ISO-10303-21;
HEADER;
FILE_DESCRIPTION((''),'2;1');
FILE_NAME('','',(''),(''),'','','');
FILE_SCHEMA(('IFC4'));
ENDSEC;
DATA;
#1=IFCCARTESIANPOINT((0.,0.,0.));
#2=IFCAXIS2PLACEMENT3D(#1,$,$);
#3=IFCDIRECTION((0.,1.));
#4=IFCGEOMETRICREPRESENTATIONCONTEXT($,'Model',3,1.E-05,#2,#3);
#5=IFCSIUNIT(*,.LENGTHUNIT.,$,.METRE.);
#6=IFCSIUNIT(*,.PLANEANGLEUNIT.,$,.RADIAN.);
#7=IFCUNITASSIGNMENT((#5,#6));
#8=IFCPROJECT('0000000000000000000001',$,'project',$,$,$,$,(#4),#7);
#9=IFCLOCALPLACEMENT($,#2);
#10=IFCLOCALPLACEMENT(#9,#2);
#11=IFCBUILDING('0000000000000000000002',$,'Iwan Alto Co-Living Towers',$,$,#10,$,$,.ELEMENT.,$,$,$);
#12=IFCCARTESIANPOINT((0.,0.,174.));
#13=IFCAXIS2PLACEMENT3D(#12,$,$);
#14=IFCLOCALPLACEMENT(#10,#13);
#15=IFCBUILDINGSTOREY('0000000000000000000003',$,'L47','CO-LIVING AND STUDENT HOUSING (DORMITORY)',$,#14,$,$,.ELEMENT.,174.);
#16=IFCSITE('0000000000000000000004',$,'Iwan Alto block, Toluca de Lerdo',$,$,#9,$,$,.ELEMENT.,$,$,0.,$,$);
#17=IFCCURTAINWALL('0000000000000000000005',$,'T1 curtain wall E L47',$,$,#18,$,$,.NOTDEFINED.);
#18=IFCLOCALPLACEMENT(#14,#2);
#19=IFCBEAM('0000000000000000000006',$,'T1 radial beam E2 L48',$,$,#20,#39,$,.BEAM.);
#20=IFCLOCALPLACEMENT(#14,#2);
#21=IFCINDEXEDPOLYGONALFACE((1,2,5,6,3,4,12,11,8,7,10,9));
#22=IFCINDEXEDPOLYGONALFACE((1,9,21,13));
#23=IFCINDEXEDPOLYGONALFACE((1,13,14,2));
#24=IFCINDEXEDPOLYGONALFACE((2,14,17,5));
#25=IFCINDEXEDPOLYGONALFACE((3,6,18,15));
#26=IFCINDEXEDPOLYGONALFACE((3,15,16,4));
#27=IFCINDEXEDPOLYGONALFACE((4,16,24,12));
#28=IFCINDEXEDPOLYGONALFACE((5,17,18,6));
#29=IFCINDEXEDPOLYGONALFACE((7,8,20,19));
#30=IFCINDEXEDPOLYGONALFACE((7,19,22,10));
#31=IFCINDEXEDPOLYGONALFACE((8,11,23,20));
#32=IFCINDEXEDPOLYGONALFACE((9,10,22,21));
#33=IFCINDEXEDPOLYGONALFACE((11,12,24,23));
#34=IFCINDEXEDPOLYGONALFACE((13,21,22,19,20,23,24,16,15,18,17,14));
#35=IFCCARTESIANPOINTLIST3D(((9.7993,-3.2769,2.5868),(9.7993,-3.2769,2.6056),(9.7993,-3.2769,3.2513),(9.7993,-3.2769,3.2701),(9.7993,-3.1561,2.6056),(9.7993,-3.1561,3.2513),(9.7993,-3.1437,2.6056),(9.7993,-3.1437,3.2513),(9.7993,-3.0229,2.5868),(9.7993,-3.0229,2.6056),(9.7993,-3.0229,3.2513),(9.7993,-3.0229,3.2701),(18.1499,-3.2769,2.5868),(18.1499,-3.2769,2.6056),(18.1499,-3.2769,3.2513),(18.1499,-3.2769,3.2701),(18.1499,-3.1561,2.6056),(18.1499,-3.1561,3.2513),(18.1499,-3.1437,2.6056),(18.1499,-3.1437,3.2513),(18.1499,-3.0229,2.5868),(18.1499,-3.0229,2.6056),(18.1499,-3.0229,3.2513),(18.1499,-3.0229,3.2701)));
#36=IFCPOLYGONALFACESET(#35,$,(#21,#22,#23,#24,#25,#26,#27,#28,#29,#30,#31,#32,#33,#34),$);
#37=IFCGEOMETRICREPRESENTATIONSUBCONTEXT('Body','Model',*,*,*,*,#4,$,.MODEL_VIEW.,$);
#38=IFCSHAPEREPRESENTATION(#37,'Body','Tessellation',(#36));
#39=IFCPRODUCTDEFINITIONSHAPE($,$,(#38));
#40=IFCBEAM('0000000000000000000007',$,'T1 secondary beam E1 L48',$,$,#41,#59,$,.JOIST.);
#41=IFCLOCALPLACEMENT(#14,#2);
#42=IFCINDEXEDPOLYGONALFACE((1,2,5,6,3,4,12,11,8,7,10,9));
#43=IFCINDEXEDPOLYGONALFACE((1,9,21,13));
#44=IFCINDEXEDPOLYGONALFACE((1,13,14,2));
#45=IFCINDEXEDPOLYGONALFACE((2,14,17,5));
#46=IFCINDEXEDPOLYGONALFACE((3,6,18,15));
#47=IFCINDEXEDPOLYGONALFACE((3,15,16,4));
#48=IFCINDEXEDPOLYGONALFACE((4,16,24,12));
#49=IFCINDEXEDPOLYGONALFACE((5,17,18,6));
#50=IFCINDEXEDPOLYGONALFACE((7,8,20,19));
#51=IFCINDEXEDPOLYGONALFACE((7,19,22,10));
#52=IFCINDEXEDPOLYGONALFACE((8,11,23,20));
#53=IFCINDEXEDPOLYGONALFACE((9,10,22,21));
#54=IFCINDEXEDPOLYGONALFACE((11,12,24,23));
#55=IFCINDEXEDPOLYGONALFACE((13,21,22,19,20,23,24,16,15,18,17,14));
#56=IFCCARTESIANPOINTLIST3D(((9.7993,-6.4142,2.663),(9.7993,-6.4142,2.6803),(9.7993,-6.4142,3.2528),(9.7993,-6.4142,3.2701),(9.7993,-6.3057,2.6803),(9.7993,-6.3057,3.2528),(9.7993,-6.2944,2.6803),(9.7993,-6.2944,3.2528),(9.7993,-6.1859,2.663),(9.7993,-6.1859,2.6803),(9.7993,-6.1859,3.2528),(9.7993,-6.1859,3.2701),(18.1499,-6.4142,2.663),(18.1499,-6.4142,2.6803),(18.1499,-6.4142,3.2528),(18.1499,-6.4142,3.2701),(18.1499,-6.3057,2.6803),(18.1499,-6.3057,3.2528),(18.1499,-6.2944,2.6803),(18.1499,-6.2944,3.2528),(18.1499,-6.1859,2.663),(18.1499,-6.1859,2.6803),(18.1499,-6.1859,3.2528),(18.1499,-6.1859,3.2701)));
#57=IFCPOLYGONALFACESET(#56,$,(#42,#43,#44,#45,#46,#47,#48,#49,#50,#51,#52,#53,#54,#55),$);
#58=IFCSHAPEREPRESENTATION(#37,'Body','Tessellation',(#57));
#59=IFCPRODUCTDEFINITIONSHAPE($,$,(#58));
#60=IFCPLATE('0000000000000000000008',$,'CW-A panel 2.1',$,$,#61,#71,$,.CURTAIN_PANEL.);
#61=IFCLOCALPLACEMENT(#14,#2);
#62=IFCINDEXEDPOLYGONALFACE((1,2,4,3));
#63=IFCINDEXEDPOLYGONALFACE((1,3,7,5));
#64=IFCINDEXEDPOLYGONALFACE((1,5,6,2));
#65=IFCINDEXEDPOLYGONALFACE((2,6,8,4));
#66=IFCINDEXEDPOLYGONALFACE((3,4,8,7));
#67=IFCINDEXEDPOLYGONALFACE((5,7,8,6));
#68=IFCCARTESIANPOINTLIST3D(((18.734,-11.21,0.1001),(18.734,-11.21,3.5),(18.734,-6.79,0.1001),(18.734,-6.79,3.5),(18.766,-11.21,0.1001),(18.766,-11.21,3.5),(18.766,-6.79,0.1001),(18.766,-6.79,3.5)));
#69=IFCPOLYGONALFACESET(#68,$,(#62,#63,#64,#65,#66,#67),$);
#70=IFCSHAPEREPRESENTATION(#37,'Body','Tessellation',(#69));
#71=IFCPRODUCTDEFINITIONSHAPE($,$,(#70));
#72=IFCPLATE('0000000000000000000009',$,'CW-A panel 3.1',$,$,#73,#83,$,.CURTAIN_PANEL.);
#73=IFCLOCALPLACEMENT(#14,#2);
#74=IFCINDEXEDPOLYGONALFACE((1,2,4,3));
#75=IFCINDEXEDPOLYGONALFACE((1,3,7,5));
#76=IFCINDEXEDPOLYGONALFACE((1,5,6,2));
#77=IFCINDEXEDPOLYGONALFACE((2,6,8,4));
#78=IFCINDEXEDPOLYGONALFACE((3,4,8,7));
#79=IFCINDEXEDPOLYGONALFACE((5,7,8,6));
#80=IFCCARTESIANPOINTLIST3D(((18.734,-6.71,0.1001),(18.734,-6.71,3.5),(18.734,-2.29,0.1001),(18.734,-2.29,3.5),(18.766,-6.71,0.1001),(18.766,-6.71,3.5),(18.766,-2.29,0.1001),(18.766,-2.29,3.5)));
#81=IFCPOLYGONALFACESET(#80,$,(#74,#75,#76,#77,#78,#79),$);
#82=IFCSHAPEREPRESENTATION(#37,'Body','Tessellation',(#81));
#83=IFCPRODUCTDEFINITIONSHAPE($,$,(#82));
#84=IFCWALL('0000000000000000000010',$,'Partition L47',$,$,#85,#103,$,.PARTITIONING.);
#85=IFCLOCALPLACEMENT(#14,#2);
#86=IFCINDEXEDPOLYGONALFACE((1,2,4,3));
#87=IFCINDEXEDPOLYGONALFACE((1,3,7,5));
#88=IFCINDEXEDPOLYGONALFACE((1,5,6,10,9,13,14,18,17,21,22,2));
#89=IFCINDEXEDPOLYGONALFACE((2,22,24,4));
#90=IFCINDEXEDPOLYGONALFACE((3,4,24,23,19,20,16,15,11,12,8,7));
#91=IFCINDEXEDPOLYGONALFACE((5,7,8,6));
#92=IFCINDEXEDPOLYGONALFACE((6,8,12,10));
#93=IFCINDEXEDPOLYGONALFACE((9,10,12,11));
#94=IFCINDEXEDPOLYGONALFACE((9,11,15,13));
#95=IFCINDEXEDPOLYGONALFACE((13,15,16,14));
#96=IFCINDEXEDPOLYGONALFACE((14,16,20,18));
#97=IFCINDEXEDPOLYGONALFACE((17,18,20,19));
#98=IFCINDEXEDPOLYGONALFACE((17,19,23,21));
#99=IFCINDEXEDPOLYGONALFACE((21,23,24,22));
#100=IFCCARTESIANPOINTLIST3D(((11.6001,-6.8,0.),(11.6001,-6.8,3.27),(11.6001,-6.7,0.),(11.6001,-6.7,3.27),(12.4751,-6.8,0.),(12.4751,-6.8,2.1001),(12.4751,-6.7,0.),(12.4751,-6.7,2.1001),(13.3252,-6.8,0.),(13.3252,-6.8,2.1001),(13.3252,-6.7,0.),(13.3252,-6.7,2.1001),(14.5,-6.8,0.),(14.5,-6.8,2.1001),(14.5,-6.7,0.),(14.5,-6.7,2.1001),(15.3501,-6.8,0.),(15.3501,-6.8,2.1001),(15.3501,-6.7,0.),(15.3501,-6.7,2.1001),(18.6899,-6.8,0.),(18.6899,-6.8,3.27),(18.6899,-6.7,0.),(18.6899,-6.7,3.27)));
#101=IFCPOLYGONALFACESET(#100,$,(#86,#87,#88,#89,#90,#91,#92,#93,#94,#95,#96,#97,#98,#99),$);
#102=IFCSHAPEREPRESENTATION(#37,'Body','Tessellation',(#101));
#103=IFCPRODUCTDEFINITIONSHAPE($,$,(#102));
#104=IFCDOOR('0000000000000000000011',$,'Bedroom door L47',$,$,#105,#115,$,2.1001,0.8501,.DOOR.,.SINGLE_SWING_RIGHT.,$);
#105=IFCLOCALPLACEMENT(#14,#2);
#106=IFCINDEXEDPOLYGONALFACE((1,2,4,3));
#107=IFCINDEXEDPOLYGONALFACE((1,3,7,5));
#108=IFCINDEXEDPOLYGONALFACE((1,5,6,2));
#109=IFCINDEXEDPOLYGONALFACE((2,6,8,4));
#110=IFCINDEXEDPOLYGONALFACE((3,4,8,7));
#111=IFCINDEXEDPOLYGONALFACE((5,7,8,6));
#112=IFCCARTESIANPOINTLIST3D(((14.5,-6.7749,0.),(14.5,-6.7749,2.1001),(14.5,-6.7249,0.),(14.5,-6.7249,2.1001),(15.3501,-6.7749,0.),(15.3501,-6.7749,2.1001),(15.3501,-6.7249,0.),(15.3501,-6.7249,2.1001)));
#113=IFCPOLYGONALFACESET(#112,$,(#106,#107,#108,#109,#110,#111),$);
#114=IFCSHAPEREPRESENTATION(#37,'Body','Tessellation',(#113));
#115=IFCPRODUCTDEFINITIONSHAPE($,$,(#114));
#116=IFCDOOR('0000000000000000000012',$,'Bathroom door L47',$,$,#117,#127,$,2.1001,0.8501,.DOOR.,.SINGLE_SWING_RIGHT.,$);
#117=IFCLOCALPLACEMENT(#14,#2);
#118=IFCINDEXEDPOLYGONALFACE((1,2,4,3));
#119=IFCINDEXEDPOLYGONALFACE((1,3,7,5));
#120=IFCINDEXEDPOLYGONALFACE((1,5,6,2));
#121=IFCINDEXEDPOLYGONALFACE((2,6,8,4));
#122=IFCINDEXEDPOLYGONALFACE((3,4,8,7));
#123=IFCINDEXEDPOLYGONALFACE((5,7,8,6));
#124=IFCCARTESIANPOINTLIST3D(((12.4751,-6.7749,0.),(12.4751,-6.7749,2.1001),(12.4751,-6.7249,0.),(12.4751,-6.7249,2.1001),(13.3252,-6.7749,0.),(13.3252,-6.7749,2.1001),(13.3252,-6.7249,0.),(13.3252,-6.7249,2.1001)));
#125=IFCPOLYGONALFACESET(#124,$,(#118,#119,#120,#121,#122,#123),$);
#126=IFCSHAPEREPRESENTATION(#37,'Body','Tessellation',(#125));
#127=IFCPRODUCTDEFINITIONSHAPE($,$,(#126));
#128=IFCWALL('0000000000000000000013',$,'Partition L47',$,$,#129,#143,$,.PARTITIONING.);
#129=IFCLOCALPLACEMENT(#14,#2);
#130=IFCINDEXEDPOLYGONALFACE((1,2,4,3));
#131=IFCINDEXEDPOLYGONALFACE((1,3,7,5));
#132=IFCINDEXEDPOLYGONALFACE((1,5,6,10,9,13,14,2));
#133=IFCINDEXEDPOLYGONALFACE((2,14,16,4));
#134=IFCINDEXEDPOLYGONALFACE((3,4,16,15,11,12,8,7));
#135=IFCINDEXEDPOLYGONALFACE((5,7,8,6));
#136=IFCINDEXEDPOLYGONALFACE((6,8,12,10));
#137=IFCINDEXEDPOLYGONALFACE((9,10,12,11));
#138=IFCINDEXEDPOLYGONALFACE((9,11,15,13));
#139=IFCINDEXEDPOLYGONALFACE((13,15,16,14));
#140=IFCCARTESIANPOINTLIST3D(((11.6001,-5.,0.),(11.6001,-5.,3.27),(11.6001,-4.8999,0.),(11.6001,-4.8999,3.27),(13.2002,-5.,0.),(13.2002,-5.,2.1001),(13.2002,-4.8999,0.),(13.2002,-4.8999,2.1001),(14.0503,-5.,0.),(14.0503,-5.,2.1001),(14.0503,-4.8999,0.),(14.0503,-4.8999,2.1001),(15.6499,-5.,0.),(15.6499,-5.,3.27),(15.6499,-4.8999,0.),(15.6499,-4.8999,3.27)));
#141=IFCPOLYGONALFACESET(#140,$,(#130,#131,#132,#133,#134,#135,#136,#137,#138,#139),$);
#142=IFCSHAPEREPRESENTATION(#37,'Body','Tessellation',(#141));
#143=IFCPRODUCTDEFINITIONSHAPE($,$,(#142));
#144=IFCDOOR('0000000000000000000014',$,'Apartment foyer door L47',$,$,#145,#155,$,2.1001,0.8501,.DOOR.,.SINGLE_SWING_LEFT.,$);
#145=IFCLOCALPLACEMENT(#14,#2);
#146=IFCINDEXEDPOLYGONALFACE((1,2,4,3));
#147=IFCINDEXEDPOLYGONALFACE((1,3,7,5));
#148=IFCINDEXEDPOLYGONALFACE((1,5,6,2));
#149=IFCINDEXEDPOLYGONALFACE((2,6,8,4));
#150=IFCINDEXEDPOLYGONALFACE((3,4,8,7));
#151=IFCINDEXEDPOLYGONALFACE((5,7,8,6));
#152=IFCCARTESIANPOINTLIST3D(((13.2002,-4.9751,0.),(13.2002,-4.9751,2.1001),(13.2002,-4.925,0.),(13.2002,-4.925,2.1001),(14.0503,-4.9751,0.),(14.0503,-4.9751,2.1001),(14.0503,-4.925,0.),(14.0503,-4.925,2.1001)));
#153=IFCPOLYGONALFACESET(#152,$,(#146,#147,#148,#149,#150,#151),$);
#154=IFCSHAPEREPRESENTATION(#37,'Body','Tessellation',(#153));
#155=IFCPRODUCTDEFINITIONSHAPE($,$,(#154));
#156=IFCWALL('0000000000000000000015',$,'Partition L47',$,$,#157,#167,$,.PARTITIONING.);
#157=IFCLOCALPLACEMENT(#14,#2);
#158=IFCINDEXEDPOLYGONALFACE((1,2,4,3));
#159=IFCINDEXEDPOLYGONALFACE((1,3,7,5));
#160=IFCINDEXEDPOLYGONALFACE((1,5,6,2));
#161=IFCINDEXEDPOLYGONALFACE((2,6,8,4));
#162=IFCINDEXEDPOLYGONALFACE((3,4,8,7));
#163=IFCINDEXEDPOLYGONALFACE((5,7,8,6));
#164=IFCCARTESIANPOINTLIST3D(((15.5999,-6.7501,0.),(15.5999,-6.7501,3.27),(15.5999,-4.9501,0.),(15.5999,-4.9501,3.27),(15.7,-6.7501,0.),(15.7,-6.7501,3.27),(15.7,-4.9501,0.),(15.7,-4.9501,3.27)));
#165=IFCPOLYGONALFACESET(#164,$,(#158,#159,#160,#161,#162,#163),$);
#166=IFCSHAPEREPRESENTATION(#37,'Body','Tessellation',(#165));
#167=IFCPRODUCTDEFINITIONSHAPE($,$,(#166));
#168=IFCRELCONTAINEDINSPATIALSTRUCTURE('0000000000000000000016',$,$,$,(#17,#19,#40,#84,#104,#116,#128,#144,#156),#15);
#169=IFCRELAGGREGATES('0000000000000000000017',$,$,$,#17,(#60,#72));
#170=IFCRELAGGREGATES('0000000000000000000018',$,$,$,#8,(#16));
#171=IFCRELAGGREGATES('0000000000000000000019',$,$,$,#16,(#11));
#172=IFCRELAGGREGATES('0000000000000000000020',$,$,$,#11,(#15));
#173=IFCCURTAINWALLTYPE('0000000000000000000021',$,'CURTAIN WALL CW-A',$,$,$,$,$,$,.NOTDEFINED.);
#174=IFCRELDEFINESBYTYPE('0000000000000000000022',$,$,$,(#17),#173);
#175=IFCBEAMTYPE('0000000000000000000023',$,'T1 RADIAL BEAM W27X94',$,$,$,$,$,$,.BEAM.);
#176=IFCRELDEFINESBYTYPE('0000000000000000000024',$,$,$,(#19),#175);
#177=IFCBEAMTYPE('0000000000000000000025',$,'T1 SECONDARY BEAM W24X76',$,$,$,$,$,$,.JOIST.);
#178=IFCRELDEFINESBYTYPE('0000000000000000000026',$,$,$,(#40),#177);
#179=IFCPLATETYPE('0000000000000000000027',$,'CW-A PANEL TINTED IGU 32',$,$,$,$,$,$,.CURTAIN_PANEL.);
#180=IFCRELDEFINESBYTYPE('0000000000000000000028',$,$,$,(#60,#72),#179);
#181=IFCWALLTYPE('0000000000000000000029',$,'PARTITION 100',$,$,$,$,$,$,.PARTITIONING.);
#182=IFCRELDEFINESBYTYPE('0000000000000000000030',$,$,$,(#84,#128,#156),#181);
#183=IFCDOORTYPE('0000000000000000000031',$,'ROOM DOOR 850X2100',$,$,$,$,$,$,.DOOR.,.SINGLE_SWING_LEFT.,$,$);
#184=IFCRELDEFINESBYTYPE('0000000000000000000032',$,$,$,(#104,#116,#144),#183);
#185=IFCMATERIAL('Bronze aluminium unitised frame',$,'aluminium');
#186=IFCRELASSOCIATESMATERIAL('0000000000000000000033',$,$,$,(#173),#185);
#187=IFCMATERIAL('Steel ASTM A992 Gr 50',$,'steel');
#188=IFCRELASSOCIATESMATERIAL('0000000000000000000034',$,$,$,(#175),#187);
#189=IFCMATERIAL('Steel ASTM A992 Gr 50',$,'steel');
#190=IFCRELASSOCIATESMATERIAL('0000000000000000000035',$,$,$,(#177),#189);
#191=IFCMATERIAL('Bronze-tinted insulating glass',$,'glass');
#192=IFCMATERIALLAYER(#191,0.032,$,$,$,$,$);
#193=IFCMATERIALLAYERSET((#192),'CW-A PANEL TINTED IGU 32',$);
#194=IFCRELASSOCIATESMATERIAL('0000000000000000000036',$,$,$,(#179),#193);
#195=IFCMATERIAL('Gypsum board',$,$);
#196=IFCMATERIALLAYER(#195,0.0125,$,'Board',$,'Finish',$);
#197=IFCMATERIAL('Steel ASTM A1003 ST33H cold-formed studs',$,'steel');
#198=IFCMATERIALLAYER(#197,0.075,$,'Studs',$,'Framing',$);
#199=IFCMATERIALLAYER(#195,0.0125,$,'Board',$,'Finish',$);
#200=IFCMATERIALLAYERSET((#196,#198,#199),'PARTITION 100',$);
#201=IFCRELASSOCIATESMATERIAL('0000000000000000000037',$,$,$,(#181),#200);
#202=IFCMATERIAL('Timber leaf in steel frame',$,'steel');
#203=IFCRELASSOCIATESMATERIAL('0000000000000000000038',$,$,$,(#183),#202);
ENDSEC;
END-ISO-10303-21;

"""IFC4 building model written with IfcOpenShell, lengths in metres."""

from ifc_helpers import new_model, si_unit, direction, frame, frame_2d, origin, origin_2d, place, context, subcontext, project, spatial, rectangle, i_section, extrude, material, layer, layer_set, material_profile, profile_set, type_object, element, fill, aggregate, save


model = new_model("IFC4")

# Units and contexts
model_context = context("Model", 3, precision=1e-05, world=origin(), true_north=direction((0.0, 1.0)))
body_context = subcontext(model_context, "Body", "Model", "MODEL_VIEW")
ifc_project = project(units=[si_unit("LENGTHUNIT", "METRE"), si_unit("PLANEANGLEUNIT", "RADIAN")], contexts=[model_context])

# Site, building, storey
site_placement = place(None, origin())
site = spatial("IfcSite", under=ifc_project, at=site_placement, Name="Iwan Alto block, Toluca de Lerdo", CompositionType="ELEMENT", RefElevation=0.0)
building_placement = place(site_placement, origin())
building = spatial("IfcBuilding", under=site, at=building_placement, Name="Iwan Alto Co-Living Towers", CompositionType="ELEMENT")
storey_placement = place(building_placement, frame((0.0, 0.0, 174.0)))
storey = spatial("IfcBuildingStorey", under=building, at=storey_placement, Name="L47", Description="CO-LIVING AND STUDENT HOUSING (DORMITORY)", CompositionType="ELEMENT", Elevation=174.0)

# Curtain wall
ifc_material_1 = material(Name="Bronze aluminium unitised frame", Category="aluminium")
curtain_wall_type = type_object("IfcCurtainWallType", Name="CURTAIN WALL CW-A", PredefinedType="NOTDEFINED", material=ifc_material_1)
curtain_wall_placement = place(storey_placement, origin())
curtain_wall = element("IfcCurtainWall", 1, at=curtain_wall_placement, inside=storey, type_object=curtain_wall_type, Name="T1 curtain wall E L47", PredefinedType="NOTDEFINED")

# Beams
ifc_material_2 = material(Name="Steel ASTM A992 Gr 50", Category="steel")
ifc_material_profile_1 = material_profile(ifc_material_2, i_section(OverallWidth=0.2539, OverallDepth=0.6833, WebThickness=0.0125, FlangeThickness=0.0188, at=origin_2d()), Name="W27X94")
ifc_profile_set_1 = profile_set([ifc_material_profile_1], Name="Steel ASTM A992 Gr 50")
beam_type_1 = type_object("IfcBeamType", Name="T1 RADIAL BEAM W27X94", PredefinedType="BEAM", material=ifc_profile_set_1)
for number, where, z_axis, x_axis, name in (
    (2, (18.1499, -3.1499, 2.9285), (-1.0, 0.0, 0.0), (0.0, -1.0, 0.0), "T1 radial beam E2 L48"),
):
    element("IfcBeam", number, at=place(storey_placement, frame(where, z_axis=z_axis, x_axis=x_axis)), inside=storey, type_object=beam_type_1, Name=name, PredefinedType="BEAM", context=body_context, shape_type="SweptSolid", body=[
        extrude(i_section(OverallWidth=0.2539, OverallDepth=0.6833, WebThickness=0.0125, FlangeThickness=0.0188, at=origin_2d()), origin(), (0.0, 0.0, 1.0), 8.3506),
    ])
ifc_material_3 = material(Name="Steel ASTM A992 Gr 50", Category="steel")
ifc_material_profile_2 = material_profile(ifc_material_3, i_section(OverallWidth=0.2283, OverallDepth=0.6072, WebThickness=0.0112, FlangeThickness=0.0173, at=origin_2d()), Name="W24X76")
ifc_profile_set_2 = profile_set([ifc_material_profile_2], Name="Steel ASTM A992 Gr 50")
beam_type_2 = type_object("IfcBeamType", Name="T1 SECONDARY BEAM W24X76", PredefinedType="JOIST", material=ifc_profile_set_2)
beam_1_placement = place(storey_placement, frame((18.1499, -6.3, 2.9666), z_axis=(-1.0, 0.0, 0.0), x_axis=(0.0, -1.0, 0.0)))
element("IfcBeam", 3, at=beam_1_placement, inside=storey, type_object=beam_type_2, Name="T1 secondary beam E1 L48", PredefinedType="JOIST", context=body_context, shape_type="SweptSolid", body=[
    extrude(i_section(OverallWidth=0.2283, OverallDepth=0.6072, WebThickness=0.0112, FlangeThickness=0.0173, at=origin_2d()), origin(), (0.0, 0.0, 1.0), 8.3506),
])

# Plates
ifc_material_4 = material(Name="Bronze-tinted insulating glass", Category="glass")
ifc_layer_1 = layer(ifc_material_4, 0.032)
ifc_layer_set_1 = layer_set([ifc_layer_1], Name="CW-A PANEL TINTED IGU 32")
plate_type = type_object("IfcPlateType", Name="CW-A PANEL TINTED IGU 32", PredefinedType="CURTAIN_PANEL", material=ifc_layer_set_1)
plate_1_placement = place(storey_placement, frame((18.75, -9.0, 0.1001), z_axis=(0.0, 0.0, 1.0), x_axis=(0.0, 1.0, 0.0)))
plate_1 = element("IfcPlate", 4, at=plate_1_placement, type_object=plate_type, Name="CW-A panel 2.1", PredefinedType="CURTAIN_PANEL", context=body_context, shape_type="SweptSolid", body=[
    extrude(rectangle(XDim=4.4199, YDim=0.032, at=origin_2d()), origin(), (0.0, 0.0, 1.0), 3.3999),
])
plate_2_placement = place(storey_placement, frame((18.75, -4.5, 0.1001), z_axis=(0.0, 0.0, 1.0), x_axis=(0.0, 1.0, 0.0)))
plate_2 = element("IfcPlate", 5, at=plate_2_placement, type_object=plate_type, Name="CW-A panel 3.1", PredefinedType="CURTAIN_PANEL", context=body_context, shape_type="SweptSolid", body=[
    extrude(rectangle(XDim=4.4199, YDim=0.032, at=origin_2d()), origin(), (0.0, 0.0, 1.0), 3.3999),
])
aggregate(curtain_wall, [plate_1, plate_2])

# Wall, openings, doors
ifc_material_5 = material(Name="Gypsum board")
ifc_layer_2 = layer(ifc_material_5, 0.0125, Name="Board", Category="Finish")
ifc_material_6 = material(Name="Steel ASTM A1003 ST33H cold-formed studs", Category="steel")
ifc_layer_3 = layer(ifc_material_6, 0.075, Name="Studs", Category="Framing")
ifc_layer_4 = layer(ifc_material_5, 0.0125, Name="Board", Category="Finish")
ifc_layer_set_2 = layer_set([ifc_layer_2, ifc_layer_3, ifc_layer_4], Name="PARTITION 100")
wall_type_1 = type_object("IfcWallType", Name="PARTITION 100", PredefinedType="PARTITIONING", material=ifc_layer_set_2)
wall_1_placement = place(storey_placement, frame((11.6001, -6.75, 0.0), z_axis=(0.0, 0.0, 1.0), x_axis=(1.0, 0.0, 0.0)))
wall_1 = element("IfcWall", 6, at=wall_1_placement, inside=storey, type_object=wall_type_1, Name="Partition L47", PredefinedType="PARTITIONING", context=body_context, shape_type="SweptSolid", body=[
    extrude(rectangle(XDim=7.0898, YDim=0.1001, at=frame_2d((3.5449, 0.0))), origin(), (0.0, 0.0, 1.0), 3.27),
])
opening_1_placement = place(wall_1_placement, frame((2.8999, 0.0, 0.0)))
opening_1 = element("IfcOpeningElement", 7, at=opening_1_placement, cuts=wall_1, PredefinedType="OPENING", context=body_context, shape_type="SweptSolid", body=[
    extrude(rectangle(XDim=0.8501, YDim=2.1001, at=frame_2d((0.425, 1.05))), frame((0.0, 0.0601, 0.0), z_axis=(0.0, -1.0, 0.0), x_axis=(1.0, 0.0, 0.0)), (0.0, 0.0, 1.0), 0.1201),
])
opening_2_placement = place(wall_1_placement, frame((0.875, 0.0, 0.0)))
opening_2 = element("IfcOpeningElement", 8, at=opening_2_placement, cuts=wall_1, PredefinedType="OPENING", context=body_context, shape_type="SweptSolid", body=[
    extrude(rectangle(XDim=0.8501, YDim=2.1001, at=frame_2d((0.425, 1.05))), frame((0.0, 0.0601, 0.0), z_axis=(0.0, -1.0, 0.0), x_axis=(1.0, 0.0, 0.0)), (0.0, 0.0, 1.0), 0.1201),
])
ifc_material_7 = material(Name="Timber leaf in steel frame", Category="steel")
door_type = type_object("IfcDoorType", Name="ROOM DOOR 850X2100", OperationType="SINGLE_SWING_LEFT", PredefinedType="DOOR", material=ifc_material_7)
door_1_placement = place(opening_1_placement, frame((0.8501, 0.0, 0.0), z_axis=(0.0, 0.0, 1.0), x_axis=(-1.0, 0.0, 0.0)))
door_1 = element("IfcDoor", 9, at=door_1_placement, inside=storey, type_object=door_type, Name="Bedroom door L47", OperationType="SINGLE_SWING_RIGHT", OverallHeight=2.1001, OverallWidth=0.8501, PredefinedType="DOOR", context=body_context, shape_type="SweptSolid", body=[
    extrude(rectangle(XDim=0.8501, YDim=2.1001, at=frame_2d((0.425, 1.05))), frame((0.0, 0.0249, 0.0), z_axis=(0.0, -1.0, 0.0), x_axis=(1.0, 0.0, 0.0)), (0.0, 0.0, 1.0), 0.05),
])
fill(opening_1, door_1)
door_2_placement = place(opening_2_placement, frame((0.8501, 0.0, 0.0), z_axis=(0.0, 0.0, 1.0), x_axis=(-1.0, 0.0, 0.0)))
door_2 = element("IfcDoor", 10, at=door_2_placement, inside=storey, type_object=door_type, Name="Bathroom door L47", OperationType="SINGLE_SWING_RIGHT", OverallHeight=2.1001, OverallWidth=0.8501, PredefinedType="DOOR", context=body_context, shape_type="SweptSolid", body=[
    extrude(rectangle(XDim=0.8501, YDim=2.1001, at=frame_2d((0.425, 1.05))), frame((0.0, 0.0249, 0.0), z_axis=(0.0, -1.0, 0.0), x_axis=(1.0, 0.0, 0.0)), (0.0, 0.0, 1.0), 0.05),
])
fill(opening_2, door_2)

# Wall, opening, door
wall_2_placement = place(storey_placement, frame((11.6001, -4.95, 0.0), z_axis=(0.0, 0.0, 1.0), x_axis=(1.0, 0.0, 0.0)))
wall_2 = element("IfcWall", 11, at=wall_2_placement, inside=storey, type_object=wall_type_1, Name="Partition L47", PredefinedType="PARTITIONING", context=body_context, shape_type="SweptSolid", body=[
    extrude(rectangle(XDim=4.0498, YDim=0.1001, at=frame_2d((2.0249, 0.0))), origin(), (0.0, 0.0, 1.0), 3.27),
])
opening_3_placement = place(wall_2_placement, frame((1.6001, 0.0, 0.0)))
opening_3 = element("IfcOpeningElement", 12, at=opening_3_placement, cuts=wall_2, PredefinedType="OPENING", context=body_context, shape_type="SweptSolid", body=[
    extrude(rectangle(XDim=0.8501, YDim=2.1001, at=frame_2d((0.425, 1.05))), frame((0.0, 0.0601, 0.0), z_axis=(0.0, -1.0, 0.0), x_axis=(1.0, 0.0, 0.0)), (0.0, 0.0, 1.0), 0.1201),
])
door_3_placement = place(opening_3_placement, origin())
door_3 = element("IfcDoor", 13, at=door_3_placement, inside=storey, type_object=door_type, Name="Apartment foyer door L47", OperationType="SINGLE_SWING_LEFT", OverallHeight=2.1001, OverallWidth=0.8501, PredefinedType="DOOR", context=body_context, shape_type="SweptSolid", body=[
    extrude(rectangle(XDim=0.8501, YDim=2.1001, at=frame_2d((0.425, 1.05))), frame((0.0, 0.0249, 0.0), z_axis=(0.0, -1.0, 0.0), x_axis=(1.0, 0.0, 0.0)), (0.0, 0.0, 1.0), 0.05),
])
fill(opening_3, door_3)

# Wall
wall_3_placement = place(storey_placement, frame((15.6499, -6.75, 0.0), z_axis=(0.0, 0.0, 1.0), x_axis=(0.0, 1.0, 0.0)))
element("IfcWall", 14, at=wall_3_placement, inside=storey, type_object=wall_type_1, Name="Partition L47", PredefinedType="PARTITIONING", context=body_context, shape_type="SweptSolid", body=[
    extrude(rectangle(XDim=1.8, YDim=0.1001, at=frame_2d((0.8999, 0.0))), origin(), (0.0, 0.0, 1.0), 3.27),
])

save(model, "model.ifc")
